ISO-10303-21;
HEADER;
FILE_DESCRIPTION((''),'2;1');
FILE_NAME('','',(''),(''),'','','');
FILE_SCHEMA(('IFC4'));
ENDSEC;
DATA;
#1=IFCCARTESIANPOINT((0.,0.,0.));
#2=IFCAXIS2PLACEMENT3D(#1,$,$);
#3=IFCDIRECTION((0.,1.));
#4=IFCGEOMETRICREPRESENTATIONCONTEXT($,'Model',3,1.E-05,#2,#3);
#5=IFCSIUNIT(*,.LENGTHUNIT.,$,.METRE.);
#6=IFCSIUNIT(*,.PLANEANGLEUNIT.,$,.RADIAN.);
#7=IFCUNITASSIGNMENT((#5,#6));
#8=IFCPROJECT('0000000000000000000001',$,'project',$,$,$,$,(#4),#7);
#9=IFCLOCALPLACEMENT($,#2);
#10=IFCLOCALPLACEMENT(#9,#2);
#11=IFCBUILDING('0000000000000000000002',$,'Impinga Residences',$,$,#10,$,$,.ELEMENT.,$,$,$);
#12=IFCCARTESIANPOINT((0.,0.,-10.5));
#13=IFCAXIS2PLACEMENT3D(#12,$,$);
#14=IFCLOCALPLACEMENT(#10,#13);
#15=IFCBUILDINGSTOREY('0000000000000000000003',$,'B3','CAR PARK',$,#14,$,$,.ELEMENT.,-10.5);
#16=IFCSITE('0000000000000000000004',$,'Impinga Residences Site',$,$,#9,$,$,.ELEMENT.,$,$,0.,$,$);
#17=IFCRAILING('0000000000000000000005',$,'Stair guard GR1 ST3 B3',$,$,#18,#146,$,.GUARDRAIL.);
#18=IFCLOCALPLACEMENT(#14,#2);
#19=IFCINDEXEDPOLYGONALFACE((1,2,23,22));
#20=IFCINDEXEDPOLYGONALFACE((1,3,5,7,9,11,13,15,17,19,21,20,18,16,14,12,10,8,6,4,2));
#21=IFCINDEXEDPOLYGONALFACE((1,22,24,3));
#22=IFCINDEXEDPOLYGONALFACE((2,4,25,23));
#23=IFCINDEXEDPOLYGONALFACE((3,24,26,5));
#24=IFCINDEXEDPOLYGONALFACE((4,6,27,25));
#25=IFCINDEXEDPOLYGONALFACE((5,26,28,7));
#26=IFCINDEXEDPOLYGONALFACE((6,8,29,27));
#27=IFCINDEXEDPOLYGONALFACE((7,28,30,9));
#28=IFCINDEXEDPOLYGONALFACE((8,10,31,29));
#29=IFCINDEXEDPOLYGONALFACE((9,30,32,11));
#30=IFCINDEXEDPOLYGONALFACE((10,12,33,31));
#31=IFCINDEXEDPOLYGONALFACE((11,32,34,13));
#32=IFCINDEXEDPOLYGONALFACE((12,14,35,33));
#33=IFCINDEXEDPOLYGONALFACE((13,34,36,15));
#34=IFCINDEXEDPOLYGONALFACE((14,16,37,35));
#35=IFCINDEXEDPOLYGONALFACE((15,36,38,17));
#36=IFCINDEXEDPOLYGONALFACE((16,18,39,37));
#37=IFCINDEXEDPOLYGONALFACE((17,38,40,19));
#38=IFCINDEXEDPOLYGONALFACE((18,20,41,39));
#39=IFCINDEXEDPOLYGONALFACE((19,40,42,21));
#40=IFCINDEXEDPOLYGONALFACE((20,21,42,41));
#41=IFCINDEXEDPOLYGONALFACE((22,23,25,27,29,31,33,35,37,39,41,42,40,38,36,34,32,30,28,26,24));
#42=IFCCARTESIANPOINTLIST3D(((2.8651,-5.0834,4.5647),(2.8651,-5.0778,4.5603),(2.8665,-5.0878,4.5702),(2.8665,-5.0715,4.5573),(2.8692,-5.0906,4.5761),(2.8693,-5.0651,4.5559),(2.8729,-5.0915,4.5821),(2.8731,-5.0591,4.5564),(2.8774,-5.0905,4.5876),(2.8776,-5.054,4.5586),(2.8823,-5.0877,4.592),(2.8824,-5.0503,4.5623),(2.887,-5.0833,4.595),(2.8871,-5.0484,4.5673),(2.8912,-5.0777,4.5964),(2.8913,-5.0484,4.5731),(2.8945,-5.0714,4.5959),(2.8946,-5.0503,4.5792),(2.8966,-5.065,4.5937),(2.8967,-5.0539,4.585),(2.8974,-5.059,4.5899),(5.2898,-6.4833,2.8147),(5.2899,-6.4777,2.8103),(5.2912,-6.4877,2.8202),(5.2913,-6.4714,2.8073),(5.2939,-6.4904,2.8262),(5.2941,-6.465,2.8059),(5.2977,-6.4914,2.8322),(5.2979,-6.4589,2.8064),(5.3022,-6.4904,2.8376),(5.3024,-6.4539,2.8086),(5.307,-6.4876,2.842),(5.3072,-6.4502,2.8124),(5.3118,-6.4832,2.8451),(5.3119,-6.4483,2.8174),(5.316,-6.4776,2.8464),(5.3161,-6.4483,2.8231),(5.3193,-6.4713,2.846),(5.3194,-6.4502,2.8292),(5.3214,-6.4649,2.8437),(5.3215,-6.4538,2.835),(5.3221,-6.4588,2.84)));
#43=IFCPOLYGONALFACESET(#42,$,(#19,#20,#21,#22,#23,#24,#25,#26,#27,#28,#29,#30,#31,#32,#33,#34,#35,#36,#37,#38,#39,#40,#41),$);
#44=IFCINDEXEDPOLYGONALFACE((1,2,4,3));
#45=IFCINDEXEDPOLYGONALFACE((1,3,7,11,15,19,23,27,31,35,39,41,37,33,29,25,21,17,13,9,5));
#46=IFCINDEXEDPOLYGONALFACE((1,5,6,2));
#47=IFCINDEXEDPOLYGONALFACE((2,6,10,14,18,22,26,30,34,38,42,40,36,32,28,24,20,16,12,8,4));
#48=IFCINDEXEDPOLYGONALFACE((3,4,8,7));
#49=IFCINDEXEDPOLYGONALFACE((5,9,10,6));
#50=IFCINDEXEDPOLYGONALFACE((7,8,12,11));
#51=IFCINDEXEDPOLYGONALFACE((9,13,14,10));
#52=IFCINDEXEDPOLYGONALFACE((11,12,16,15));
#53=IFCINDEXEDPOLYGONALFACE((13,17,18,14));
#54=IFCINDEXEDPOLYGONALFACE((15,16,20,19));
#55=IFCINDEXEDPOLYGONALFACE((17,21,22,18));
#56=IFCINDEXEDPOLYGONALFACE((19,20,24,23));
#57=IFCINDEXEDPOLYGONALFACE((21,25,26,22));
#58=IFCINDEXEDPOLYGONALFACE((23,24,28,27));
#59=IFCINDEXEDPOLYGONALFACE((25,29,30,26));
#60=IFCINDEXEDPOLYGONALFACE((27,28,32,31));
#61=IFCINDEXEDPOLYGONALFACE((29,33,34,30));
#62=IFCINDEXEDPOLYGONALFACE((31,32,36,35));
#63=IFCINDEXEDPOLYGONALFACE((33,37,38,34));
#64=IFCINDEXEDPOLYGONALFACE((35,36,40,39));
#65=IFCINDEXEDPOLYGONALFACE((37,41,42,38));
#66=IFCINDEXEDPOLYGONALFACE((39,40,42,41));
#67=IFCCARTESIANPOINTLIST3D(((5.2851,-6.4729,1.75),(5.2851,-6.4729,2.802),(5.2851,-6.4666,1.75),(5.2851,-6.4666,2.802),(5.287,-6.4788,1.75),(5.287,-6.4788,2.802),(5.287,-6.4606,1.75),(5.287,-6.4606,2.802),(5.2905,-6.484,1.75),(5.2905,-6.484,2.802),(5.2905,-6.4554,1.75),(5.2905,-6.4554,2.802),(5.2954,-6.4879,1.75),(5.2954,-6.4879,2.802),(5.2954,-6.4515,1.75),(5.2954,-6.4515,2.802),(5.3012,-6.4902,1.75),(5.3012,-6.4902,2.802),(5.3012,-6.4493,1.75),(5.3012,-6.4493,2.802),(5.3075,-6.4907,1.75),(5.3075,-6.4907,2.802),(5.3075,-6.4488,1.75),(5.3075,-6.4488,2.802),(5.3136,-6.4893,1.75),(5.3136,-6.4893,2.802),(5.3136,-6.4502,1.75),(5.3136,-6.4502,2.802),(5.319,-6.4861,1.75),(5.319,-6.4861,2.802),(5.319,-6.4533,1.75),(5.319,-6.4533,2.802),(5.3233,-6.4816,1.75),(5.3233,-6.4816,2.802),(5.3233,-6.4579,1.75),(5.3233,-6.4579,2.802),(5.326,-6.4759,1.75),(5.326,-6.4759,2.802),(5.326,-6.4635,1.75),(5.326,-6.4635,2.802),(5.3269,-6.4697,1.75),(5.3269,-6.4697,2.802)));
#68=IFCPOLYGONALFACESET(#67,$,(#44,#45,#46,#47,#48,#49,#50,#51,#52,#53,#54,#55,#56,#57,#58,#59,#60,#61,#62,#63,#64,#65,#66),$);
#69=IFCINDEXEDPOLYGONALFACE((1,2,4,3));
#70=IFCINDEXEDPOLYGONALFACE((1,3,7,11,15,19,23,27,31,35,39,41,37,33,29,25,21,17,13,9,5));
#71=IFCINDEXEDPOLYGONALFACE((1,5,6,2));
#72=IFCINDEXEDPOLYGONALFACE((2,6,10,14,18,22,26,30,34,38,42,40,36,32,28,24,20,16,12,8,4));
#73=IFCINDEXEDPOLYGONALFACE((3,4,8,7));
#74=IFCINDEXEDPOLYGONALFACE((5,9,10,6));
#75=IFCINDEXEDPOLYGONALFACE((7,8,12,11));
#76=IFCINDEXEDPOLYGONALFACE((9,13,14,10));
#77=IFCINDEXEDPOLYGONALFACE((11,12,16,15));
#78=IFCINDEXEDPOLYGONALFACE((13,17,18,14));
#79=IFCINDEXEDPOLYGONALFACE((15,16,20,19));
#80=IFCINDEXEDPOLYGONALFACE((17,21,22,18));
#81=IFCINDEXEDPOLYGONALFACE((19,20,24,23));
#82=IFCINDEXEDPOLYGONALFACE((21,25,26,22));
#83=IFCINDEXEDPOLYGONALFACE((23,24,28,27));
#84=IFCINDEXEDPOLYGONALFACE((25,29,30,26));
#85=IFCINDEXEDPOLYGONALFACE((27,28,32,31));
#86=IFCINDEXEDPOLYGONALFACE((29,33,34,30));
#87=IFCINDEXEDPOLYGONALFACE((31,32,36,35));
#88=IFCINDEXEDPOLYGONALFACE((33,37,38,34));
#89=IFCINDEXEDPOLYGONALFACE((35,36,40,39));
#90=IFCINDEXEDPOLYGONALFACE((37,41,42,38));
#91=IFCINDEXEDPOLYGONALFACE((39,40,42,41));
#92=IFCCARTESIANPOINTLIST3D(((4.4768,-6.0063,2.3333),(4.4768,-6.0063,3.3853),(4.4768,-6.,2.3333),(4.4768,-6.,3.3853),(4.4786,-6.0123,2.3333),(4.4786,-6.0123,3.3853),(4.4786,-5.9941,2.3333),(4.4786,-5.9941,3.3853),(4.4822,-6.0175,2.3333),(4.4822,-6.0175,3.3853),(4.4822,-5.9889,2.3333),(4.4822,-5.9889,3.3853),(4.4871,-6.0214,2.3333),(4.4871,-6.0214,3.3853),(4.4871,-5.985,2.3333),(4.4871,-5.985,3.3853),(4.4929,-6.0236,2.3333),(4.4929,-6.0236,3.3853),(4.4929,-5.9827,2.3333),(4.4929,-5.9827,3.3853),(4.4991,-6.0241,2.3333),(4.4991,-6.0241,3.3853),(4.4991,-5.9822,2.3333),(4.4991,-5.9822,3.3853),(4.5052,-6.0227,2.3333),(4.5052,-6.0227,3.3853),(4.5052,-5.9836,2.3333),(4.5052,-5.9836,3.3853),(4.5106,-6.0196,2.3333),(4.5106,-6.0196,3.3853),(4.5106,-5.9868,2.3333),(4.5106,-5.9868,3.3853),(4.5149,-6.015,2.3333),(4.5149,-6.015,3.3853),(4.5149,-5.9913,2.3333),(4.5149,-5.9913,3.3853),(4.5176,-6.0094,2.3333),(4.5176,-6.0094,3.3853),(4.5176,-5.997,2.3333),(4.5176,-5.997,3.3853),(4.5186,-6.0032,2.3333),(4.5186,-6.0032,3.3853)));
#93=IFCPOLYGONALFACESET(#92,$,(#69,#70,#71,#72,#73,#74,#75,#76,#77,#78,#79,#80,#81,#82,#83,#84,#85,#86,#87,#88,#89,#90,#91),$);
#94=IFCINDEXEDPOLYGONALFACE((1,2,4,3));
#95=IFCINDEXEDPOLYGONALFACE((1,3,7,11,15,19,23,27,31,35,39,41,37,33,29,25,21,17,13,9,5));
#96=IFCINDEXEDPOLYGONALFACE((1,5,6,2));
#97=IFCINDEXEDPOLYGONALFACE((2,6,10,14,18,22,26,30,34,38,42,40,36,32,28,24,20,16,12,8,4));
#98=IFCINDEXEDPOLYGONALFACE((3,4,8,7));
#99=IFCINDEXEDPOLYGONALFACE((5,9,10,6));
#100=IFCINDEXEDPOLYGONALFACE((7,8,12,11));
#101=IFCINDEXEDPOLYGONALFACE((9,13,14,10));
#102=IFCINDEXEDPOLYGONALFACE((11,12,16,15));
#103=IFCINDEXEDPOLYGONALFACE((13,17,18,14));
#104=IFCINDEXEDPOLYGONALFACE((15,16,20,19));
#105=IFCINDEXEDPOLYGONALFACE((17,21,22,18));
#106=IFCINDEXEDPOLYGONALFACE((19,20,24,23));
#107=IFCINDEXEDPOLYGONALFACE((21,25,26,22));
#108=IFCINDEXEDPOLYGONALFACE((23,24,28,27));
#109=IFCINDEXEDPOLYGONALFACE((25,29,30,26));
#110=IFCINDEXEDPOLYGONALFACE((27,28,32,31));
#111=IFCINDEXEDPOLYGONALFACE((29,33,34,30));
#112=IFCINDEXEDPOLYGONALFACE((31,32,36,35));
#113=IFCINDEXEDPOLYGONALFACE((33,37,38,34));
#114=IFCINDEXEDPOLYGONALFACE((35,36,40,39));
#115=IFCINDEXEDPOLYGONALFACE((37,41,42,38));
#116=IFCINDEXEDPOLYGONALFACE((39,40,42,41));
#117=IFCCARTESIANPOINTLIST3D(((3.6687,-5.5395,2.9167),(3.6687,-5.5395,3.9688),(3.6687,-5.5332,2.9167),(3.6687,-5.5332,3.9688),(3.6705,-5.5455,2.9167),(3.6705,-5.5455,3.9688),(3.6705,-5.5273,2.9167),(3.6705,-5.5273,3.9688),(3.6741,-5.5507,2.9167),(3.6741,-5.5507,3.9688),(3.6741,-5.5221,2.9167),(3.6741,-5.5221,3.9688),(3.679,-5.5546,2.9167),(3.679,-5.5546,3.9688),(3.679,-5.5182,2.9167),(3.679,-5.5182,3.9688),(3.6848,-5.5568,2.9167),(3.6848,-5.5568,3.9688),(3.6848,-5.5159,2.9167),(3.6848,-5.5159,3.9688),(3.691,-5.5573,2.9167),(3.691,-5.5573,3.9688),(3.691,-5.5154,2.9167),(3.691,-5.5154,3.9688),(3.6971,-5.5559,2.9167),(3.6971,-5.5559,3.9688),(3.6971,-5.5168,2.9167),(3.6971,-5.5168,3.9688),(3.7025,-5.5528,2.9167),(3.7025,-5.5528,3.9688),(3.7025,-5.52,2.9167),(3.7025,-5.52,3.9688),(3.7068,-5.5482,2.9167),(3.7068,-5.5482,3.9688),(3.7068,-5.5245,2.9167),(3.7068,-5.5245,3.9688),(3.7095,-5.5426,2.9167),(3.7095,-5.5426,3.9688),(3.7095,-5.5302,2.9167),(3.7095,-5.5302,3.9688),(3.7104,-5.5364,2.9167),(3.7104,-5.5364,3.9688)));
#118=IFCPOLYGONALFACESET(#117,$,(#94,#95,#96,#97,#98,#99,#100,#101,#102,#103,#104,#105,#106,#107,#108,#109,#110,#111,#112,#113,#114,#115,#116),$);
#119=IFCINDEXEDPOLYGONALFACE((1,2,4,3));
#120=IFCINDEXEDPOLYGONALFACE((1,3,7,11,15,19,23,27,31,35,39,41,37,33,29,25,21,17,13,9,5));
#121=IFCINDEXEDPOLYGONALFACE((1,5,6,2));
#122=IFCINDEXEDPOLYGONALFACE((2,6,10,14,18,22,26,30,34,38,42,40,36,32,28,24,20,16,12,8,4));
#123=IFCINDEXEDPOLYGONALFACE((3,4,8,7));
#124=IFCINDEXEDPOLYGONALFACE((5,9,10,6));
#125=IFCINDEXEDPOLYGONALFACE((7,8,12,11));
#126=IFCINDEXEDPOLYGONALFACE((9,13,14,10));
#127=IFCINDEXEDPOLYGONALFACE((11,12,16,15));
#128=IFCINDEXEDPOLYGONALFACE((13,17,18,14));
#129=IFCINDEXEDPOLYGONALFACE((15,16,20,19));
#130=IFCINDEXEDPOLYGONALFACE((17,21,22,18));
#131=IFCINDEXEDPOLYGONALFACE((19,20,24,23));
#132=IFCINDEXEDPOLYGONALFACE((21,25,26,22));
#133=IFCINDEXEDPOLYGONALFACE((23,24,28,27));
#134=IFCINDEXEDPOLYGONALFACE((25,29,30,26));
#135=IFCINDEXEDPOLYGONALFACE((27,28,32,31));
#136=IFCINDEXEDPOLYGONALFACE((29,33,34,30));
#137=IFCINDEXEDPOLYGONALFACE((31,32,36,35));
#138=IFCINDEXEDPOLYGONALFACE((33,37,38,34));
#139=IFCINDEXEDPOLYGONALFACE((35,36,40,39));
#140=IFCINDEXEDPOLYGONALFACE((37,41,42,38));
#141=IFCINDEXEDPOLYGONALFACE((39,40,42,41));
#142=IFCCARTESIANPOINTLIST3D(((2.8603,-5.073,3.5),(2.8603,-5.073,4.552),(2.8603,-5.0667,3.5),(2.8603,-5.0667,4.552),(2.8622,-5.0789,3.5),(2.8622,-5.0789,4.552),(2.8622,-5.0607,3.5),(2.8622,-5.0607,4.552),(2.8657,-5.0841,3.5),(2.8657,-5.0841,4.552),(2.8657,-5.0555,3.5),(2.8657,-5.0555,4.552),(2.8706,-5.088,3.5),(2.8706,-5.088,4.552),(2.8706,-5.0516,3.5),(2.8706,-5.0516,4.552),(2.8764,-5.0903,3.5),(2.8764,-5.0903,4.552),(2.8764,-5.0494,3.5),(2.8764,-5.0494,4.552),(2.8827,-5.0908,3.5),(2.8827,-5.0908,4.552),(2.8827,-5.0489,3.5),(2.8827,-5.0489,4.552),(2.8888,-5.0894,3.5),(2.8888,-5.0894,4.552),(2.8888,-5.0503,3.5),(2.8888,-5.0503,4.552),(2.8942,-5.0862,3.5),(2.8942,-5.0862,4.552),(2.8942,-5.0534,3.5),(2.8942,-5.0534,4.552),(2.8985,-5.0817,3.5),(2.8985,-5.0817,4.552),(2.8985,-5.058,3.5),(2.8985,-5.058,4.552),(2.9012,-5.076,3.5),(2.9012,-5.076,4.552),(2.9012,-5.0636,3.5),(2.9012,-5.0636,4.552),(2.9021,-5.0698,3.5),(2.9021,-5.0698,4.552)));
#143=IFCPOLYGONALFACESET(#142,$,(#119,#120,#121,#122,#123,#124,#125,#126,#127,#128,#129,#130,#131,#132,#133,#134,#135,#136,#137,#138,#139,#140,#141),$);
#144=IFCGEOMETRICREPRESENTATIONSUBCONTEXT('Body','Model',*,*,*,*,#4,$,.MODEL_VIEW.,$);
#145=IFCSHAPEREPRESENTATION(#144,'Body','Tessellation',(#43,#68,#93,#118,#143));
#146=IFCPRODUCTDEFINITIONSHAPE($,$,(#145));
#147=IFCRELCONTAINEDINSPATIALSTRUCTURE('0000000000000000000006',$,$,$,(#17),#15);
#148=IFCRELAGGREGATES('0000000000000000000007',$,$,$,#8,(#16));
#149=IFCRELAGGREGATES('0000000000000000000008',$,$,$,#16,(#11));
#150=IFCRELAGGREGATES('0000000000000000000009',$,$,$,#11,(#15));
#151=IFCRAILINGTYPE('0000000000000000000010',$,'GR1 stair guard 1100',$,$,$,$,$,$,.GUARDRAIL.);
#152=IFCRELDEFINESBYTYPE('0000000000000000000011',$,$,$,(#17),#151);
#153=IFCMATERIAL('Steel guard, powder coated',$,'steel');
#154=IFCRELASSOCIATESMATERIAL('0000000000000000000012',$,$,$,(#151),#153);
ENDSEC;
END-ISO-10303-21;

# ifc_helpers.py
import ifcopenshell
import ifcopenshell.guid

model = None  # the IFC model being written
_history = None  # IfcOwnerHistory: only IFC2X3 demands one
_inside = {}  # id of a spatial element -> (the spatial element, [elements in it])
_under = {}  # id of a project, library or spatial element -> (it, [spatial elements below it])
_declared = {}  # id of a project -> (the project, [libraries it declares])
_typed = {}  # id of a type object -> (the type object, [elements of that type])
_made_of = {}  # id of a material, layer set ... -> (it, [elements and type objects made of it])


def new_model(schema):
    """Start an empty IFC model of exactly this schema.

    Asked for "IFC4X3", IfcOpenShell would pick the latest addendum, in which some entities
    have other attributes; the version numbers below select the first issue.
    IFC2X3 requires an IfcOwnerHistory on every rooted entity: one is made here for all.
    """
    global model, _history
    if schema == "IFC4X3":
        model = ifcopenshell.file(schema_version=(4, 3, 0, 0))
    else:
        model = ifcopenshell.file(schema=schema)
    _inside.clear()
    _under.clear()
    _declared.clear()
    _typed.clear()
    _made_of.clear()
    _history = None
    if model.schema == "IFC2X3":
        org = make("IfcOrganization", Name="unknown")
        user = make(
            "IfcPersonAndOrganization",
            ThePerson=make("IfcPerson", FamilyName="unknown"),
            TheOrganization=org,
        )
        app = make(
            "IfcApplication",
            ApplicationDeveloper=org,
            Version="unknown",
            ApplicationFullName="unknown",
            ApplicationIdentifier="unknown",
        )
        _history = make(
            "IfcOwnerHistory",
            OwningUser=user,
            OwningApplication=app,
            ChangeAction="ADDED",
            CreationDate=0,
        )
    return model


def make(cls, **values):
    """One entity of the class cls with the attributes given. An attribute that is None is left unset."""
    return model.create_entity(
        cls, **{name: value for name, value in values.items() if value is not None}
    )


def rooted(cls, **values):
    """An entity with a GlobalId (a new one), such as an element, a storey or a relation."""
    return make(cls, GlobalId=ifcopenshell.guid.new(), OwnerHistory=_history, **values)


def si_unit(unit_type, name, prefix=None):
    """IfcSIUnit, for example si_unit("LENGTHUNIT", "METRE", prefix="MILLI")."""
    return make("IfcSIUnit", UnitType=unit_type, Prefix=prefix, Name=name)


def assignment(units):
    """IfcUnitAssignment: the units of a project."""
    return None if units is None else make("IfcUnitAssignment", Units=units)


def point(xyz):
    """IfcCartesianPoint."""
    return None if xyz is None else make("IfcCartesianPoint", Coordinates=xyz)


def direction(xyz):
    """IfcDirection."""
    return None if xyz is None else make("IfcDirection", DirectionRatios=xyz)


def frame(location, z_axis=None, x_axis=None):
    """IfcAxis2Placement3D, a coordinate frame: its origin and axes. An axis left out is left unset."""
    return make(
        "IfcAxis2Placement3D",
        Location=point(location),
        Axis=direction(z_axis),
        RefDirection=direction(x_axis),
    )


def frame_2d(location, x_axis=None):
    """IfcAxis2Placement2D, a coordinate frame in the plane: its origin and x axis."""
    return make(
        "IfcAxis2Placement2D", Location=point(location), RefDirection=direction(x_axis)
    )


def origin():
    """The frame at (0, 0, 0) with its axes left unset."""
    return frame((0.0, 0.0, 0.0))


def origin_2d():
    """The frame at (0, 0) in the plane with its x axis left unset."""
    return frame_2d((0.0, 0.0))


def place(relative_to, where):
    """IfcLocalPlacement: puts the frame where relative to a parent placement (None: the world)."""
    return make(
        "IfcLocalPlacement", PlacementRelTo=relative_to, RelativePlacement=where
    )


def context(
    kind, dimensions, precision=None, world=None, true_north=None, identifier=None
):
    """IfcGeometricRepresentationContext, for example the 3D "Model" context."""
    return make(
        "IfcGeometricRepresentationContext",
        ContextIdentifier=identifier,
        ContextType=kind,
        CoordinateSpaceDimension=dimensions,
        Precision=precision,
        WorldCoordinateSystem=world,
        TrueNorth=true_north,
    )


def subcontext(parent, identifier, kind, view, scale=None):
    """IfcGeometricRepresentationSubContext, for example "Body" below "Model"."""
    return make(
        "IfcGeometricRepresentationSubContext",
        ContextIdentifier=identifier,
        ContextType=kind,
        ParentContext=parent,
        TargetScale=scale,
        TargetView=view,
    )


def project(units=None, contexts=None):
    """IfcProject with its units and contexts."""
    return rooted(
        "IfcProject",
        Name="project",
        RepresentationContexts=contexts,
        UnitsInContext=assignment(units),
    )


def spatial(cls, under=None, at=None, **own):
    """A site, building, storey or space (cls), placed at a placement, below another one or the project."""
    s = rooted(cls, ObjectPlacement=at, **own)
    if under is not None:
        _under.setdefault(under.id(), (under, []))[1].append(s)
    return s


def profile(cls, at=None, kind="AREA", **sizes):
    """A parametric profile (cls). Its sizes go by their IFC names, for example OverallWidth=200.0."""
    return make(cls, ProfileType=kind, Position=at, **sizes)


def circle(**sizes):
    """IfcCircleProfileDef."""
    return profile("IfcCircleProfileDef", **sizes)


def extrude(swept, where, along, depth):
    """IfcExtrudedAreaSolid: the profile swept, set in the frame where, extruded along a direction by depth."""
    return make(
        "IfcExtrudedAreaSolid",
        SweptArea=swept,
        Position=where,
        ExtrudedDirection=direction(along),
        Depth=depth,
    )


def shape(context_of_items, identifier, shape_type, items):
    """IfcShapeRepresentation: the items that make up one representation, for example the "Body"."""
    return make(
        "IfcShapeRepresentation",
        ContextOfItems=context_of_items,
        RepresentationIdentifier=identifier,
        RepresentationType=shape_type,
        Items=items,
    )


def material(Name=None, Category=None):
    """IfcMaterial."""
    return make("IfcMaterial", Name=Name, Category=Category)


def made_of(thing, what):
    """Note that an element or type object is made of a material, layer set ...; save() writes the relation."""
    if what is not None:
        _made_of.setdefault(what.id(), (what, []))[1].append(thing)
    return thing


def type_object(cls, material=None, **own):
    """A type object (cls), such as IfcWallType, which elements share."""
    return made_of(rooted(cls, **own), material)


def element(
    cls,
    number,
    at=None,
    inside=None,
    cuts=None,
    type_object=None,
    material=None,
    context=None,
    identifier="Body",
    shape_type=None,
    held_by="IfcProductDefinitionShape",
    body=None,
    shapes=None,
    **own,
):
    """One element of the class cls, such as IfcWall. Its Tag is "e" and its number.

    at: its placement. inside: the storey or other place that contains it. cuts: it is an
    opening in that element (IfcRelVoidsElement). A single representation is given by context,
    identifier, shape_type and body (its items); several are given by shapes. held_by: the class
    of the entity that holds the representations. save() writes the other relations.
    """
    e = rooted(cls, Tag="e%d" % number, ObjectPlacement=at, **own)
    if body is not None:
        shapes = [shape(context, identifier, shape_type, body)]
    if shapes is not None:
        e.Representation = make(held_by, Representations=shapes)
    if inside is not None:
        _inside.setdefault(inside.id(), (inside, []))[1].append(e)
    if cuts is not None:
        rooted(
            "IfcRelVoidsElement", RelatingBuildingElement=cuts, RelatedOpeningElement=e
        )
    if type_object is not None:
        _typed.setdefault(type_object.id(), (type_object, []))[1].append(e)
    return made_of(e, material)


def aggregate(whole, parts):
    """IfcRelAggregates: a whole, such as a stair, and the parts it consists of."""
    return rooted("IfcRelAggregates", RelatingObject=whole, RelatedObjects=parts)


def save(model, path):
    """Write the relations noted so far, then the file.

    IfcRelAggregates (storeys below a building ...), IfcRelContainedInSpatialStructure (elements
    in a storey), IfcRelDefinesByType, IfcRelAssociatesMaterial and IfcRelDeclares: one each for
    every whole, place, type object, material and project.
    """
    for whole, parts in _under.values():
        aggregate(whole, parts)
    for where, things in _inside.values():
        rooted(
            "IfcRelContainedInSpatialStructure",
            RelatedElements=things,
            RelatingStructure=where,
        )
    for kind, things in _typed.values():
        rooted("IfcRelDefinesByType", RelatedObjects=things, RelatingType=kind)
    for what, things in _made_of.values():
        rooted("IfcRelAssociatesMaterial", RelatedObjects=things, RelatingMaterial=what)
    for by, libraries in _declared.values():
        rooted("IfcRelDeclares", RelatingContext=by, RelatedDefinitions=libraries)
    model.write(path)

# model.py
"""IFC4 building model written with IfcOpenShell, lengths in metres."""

from ifc_helpers import new_model, si_unit, direction, frame, origin, origin_2d, place, context, subcontext, project, spatial, circle, extrude, material, type_object, element, save


model = new_model("IFC4")

# Units and contexts
model_context = context("Model", 3, precision=1e-05, world=origin(), true_north=direction((0.0, 1.0)))
body_context = subcontext(model_context, "Body", "Model", "MODEL_VIEW")
ifc_project = project(units=[si_unit("LENGTHUNIT", "METRE"), si_unit("PLANEANGLEUNIT", "RADIAN")], contexts=[model_context])

# Site, building, storey
site_placement = place(None, origin())
site = spatial("IfcSite", under=ifc_project, at=site_placement, Name="Impinga Residences Site", CompositionType="ELEMENT", RefElevation=0.0)
building_placement = place(site_placement, origin())
building = spatial("IfcBuilding", under=site, at=building_placement, Name="Impinga Residences", CompositionType="ELEMENT")
storey_placement = place(building_placement, frame((0.0, 0.0, -10.5)))
storey = spatial("IfcBuildingStorey", under=building, at=storey_placement, Name="B3", Description="CAR PARK", CompositionType="ELEMENT", Elevation=-10.5)

# Railing
ifc_material_1 = material(Name="Steel guard, powder coated", Category="steel")
railing_type_1 = type_object("IfcRailingType", Name="GR1 stair guard 1100", PredefinedType="GUARDRAIL", material=ifc_material_1)
railing_1_placement = place(storey_placement, frame((5.3059, -6.4697, 1.75)))
element("IfcRailing", 1, at=railing_1_placement, inside=storey, type_object=railing_type_1, Name="Stair guard GR1 ST3 B3", PredefinedType="GUARDRAIL", context=body_context, shape_type="SweptSolid", body=[
    extrude(circle(Radius=0.0239, at=origin_2d()), frame((0.0, 0.0, 1.0762), z_axis=(-0.734388, 0.423981, 0.530013), x_axis=(-0.499984, -0.866035, 0.0)), (0.0, 0.0, 1.0), 3.3018),
    extrude(circle(Radius=0.021, at=origin_2d()), origin(), (0.0, 0.0, 1.0), 1.052),
    extrude(circle(Radius=0.021, at=origin_2d()), frame((-0.8083, 0.4666, 0.5833)), (0.0, 0.0, 1.0), 1.052),
    extrude(circle(Radius=0.021, at=origin_2d()), frame((-1.6165, 0.9333, 1.1667)), (0.0, 0.0, 1.0), 1.052),
    extrude(circle(Radius=0.021, at=origin_2d()), frame((-2.4248, 1.3999, 1.75)), (0.0, 0.0, 1.0), 1.052),
])

save(model, "model.ifc")
